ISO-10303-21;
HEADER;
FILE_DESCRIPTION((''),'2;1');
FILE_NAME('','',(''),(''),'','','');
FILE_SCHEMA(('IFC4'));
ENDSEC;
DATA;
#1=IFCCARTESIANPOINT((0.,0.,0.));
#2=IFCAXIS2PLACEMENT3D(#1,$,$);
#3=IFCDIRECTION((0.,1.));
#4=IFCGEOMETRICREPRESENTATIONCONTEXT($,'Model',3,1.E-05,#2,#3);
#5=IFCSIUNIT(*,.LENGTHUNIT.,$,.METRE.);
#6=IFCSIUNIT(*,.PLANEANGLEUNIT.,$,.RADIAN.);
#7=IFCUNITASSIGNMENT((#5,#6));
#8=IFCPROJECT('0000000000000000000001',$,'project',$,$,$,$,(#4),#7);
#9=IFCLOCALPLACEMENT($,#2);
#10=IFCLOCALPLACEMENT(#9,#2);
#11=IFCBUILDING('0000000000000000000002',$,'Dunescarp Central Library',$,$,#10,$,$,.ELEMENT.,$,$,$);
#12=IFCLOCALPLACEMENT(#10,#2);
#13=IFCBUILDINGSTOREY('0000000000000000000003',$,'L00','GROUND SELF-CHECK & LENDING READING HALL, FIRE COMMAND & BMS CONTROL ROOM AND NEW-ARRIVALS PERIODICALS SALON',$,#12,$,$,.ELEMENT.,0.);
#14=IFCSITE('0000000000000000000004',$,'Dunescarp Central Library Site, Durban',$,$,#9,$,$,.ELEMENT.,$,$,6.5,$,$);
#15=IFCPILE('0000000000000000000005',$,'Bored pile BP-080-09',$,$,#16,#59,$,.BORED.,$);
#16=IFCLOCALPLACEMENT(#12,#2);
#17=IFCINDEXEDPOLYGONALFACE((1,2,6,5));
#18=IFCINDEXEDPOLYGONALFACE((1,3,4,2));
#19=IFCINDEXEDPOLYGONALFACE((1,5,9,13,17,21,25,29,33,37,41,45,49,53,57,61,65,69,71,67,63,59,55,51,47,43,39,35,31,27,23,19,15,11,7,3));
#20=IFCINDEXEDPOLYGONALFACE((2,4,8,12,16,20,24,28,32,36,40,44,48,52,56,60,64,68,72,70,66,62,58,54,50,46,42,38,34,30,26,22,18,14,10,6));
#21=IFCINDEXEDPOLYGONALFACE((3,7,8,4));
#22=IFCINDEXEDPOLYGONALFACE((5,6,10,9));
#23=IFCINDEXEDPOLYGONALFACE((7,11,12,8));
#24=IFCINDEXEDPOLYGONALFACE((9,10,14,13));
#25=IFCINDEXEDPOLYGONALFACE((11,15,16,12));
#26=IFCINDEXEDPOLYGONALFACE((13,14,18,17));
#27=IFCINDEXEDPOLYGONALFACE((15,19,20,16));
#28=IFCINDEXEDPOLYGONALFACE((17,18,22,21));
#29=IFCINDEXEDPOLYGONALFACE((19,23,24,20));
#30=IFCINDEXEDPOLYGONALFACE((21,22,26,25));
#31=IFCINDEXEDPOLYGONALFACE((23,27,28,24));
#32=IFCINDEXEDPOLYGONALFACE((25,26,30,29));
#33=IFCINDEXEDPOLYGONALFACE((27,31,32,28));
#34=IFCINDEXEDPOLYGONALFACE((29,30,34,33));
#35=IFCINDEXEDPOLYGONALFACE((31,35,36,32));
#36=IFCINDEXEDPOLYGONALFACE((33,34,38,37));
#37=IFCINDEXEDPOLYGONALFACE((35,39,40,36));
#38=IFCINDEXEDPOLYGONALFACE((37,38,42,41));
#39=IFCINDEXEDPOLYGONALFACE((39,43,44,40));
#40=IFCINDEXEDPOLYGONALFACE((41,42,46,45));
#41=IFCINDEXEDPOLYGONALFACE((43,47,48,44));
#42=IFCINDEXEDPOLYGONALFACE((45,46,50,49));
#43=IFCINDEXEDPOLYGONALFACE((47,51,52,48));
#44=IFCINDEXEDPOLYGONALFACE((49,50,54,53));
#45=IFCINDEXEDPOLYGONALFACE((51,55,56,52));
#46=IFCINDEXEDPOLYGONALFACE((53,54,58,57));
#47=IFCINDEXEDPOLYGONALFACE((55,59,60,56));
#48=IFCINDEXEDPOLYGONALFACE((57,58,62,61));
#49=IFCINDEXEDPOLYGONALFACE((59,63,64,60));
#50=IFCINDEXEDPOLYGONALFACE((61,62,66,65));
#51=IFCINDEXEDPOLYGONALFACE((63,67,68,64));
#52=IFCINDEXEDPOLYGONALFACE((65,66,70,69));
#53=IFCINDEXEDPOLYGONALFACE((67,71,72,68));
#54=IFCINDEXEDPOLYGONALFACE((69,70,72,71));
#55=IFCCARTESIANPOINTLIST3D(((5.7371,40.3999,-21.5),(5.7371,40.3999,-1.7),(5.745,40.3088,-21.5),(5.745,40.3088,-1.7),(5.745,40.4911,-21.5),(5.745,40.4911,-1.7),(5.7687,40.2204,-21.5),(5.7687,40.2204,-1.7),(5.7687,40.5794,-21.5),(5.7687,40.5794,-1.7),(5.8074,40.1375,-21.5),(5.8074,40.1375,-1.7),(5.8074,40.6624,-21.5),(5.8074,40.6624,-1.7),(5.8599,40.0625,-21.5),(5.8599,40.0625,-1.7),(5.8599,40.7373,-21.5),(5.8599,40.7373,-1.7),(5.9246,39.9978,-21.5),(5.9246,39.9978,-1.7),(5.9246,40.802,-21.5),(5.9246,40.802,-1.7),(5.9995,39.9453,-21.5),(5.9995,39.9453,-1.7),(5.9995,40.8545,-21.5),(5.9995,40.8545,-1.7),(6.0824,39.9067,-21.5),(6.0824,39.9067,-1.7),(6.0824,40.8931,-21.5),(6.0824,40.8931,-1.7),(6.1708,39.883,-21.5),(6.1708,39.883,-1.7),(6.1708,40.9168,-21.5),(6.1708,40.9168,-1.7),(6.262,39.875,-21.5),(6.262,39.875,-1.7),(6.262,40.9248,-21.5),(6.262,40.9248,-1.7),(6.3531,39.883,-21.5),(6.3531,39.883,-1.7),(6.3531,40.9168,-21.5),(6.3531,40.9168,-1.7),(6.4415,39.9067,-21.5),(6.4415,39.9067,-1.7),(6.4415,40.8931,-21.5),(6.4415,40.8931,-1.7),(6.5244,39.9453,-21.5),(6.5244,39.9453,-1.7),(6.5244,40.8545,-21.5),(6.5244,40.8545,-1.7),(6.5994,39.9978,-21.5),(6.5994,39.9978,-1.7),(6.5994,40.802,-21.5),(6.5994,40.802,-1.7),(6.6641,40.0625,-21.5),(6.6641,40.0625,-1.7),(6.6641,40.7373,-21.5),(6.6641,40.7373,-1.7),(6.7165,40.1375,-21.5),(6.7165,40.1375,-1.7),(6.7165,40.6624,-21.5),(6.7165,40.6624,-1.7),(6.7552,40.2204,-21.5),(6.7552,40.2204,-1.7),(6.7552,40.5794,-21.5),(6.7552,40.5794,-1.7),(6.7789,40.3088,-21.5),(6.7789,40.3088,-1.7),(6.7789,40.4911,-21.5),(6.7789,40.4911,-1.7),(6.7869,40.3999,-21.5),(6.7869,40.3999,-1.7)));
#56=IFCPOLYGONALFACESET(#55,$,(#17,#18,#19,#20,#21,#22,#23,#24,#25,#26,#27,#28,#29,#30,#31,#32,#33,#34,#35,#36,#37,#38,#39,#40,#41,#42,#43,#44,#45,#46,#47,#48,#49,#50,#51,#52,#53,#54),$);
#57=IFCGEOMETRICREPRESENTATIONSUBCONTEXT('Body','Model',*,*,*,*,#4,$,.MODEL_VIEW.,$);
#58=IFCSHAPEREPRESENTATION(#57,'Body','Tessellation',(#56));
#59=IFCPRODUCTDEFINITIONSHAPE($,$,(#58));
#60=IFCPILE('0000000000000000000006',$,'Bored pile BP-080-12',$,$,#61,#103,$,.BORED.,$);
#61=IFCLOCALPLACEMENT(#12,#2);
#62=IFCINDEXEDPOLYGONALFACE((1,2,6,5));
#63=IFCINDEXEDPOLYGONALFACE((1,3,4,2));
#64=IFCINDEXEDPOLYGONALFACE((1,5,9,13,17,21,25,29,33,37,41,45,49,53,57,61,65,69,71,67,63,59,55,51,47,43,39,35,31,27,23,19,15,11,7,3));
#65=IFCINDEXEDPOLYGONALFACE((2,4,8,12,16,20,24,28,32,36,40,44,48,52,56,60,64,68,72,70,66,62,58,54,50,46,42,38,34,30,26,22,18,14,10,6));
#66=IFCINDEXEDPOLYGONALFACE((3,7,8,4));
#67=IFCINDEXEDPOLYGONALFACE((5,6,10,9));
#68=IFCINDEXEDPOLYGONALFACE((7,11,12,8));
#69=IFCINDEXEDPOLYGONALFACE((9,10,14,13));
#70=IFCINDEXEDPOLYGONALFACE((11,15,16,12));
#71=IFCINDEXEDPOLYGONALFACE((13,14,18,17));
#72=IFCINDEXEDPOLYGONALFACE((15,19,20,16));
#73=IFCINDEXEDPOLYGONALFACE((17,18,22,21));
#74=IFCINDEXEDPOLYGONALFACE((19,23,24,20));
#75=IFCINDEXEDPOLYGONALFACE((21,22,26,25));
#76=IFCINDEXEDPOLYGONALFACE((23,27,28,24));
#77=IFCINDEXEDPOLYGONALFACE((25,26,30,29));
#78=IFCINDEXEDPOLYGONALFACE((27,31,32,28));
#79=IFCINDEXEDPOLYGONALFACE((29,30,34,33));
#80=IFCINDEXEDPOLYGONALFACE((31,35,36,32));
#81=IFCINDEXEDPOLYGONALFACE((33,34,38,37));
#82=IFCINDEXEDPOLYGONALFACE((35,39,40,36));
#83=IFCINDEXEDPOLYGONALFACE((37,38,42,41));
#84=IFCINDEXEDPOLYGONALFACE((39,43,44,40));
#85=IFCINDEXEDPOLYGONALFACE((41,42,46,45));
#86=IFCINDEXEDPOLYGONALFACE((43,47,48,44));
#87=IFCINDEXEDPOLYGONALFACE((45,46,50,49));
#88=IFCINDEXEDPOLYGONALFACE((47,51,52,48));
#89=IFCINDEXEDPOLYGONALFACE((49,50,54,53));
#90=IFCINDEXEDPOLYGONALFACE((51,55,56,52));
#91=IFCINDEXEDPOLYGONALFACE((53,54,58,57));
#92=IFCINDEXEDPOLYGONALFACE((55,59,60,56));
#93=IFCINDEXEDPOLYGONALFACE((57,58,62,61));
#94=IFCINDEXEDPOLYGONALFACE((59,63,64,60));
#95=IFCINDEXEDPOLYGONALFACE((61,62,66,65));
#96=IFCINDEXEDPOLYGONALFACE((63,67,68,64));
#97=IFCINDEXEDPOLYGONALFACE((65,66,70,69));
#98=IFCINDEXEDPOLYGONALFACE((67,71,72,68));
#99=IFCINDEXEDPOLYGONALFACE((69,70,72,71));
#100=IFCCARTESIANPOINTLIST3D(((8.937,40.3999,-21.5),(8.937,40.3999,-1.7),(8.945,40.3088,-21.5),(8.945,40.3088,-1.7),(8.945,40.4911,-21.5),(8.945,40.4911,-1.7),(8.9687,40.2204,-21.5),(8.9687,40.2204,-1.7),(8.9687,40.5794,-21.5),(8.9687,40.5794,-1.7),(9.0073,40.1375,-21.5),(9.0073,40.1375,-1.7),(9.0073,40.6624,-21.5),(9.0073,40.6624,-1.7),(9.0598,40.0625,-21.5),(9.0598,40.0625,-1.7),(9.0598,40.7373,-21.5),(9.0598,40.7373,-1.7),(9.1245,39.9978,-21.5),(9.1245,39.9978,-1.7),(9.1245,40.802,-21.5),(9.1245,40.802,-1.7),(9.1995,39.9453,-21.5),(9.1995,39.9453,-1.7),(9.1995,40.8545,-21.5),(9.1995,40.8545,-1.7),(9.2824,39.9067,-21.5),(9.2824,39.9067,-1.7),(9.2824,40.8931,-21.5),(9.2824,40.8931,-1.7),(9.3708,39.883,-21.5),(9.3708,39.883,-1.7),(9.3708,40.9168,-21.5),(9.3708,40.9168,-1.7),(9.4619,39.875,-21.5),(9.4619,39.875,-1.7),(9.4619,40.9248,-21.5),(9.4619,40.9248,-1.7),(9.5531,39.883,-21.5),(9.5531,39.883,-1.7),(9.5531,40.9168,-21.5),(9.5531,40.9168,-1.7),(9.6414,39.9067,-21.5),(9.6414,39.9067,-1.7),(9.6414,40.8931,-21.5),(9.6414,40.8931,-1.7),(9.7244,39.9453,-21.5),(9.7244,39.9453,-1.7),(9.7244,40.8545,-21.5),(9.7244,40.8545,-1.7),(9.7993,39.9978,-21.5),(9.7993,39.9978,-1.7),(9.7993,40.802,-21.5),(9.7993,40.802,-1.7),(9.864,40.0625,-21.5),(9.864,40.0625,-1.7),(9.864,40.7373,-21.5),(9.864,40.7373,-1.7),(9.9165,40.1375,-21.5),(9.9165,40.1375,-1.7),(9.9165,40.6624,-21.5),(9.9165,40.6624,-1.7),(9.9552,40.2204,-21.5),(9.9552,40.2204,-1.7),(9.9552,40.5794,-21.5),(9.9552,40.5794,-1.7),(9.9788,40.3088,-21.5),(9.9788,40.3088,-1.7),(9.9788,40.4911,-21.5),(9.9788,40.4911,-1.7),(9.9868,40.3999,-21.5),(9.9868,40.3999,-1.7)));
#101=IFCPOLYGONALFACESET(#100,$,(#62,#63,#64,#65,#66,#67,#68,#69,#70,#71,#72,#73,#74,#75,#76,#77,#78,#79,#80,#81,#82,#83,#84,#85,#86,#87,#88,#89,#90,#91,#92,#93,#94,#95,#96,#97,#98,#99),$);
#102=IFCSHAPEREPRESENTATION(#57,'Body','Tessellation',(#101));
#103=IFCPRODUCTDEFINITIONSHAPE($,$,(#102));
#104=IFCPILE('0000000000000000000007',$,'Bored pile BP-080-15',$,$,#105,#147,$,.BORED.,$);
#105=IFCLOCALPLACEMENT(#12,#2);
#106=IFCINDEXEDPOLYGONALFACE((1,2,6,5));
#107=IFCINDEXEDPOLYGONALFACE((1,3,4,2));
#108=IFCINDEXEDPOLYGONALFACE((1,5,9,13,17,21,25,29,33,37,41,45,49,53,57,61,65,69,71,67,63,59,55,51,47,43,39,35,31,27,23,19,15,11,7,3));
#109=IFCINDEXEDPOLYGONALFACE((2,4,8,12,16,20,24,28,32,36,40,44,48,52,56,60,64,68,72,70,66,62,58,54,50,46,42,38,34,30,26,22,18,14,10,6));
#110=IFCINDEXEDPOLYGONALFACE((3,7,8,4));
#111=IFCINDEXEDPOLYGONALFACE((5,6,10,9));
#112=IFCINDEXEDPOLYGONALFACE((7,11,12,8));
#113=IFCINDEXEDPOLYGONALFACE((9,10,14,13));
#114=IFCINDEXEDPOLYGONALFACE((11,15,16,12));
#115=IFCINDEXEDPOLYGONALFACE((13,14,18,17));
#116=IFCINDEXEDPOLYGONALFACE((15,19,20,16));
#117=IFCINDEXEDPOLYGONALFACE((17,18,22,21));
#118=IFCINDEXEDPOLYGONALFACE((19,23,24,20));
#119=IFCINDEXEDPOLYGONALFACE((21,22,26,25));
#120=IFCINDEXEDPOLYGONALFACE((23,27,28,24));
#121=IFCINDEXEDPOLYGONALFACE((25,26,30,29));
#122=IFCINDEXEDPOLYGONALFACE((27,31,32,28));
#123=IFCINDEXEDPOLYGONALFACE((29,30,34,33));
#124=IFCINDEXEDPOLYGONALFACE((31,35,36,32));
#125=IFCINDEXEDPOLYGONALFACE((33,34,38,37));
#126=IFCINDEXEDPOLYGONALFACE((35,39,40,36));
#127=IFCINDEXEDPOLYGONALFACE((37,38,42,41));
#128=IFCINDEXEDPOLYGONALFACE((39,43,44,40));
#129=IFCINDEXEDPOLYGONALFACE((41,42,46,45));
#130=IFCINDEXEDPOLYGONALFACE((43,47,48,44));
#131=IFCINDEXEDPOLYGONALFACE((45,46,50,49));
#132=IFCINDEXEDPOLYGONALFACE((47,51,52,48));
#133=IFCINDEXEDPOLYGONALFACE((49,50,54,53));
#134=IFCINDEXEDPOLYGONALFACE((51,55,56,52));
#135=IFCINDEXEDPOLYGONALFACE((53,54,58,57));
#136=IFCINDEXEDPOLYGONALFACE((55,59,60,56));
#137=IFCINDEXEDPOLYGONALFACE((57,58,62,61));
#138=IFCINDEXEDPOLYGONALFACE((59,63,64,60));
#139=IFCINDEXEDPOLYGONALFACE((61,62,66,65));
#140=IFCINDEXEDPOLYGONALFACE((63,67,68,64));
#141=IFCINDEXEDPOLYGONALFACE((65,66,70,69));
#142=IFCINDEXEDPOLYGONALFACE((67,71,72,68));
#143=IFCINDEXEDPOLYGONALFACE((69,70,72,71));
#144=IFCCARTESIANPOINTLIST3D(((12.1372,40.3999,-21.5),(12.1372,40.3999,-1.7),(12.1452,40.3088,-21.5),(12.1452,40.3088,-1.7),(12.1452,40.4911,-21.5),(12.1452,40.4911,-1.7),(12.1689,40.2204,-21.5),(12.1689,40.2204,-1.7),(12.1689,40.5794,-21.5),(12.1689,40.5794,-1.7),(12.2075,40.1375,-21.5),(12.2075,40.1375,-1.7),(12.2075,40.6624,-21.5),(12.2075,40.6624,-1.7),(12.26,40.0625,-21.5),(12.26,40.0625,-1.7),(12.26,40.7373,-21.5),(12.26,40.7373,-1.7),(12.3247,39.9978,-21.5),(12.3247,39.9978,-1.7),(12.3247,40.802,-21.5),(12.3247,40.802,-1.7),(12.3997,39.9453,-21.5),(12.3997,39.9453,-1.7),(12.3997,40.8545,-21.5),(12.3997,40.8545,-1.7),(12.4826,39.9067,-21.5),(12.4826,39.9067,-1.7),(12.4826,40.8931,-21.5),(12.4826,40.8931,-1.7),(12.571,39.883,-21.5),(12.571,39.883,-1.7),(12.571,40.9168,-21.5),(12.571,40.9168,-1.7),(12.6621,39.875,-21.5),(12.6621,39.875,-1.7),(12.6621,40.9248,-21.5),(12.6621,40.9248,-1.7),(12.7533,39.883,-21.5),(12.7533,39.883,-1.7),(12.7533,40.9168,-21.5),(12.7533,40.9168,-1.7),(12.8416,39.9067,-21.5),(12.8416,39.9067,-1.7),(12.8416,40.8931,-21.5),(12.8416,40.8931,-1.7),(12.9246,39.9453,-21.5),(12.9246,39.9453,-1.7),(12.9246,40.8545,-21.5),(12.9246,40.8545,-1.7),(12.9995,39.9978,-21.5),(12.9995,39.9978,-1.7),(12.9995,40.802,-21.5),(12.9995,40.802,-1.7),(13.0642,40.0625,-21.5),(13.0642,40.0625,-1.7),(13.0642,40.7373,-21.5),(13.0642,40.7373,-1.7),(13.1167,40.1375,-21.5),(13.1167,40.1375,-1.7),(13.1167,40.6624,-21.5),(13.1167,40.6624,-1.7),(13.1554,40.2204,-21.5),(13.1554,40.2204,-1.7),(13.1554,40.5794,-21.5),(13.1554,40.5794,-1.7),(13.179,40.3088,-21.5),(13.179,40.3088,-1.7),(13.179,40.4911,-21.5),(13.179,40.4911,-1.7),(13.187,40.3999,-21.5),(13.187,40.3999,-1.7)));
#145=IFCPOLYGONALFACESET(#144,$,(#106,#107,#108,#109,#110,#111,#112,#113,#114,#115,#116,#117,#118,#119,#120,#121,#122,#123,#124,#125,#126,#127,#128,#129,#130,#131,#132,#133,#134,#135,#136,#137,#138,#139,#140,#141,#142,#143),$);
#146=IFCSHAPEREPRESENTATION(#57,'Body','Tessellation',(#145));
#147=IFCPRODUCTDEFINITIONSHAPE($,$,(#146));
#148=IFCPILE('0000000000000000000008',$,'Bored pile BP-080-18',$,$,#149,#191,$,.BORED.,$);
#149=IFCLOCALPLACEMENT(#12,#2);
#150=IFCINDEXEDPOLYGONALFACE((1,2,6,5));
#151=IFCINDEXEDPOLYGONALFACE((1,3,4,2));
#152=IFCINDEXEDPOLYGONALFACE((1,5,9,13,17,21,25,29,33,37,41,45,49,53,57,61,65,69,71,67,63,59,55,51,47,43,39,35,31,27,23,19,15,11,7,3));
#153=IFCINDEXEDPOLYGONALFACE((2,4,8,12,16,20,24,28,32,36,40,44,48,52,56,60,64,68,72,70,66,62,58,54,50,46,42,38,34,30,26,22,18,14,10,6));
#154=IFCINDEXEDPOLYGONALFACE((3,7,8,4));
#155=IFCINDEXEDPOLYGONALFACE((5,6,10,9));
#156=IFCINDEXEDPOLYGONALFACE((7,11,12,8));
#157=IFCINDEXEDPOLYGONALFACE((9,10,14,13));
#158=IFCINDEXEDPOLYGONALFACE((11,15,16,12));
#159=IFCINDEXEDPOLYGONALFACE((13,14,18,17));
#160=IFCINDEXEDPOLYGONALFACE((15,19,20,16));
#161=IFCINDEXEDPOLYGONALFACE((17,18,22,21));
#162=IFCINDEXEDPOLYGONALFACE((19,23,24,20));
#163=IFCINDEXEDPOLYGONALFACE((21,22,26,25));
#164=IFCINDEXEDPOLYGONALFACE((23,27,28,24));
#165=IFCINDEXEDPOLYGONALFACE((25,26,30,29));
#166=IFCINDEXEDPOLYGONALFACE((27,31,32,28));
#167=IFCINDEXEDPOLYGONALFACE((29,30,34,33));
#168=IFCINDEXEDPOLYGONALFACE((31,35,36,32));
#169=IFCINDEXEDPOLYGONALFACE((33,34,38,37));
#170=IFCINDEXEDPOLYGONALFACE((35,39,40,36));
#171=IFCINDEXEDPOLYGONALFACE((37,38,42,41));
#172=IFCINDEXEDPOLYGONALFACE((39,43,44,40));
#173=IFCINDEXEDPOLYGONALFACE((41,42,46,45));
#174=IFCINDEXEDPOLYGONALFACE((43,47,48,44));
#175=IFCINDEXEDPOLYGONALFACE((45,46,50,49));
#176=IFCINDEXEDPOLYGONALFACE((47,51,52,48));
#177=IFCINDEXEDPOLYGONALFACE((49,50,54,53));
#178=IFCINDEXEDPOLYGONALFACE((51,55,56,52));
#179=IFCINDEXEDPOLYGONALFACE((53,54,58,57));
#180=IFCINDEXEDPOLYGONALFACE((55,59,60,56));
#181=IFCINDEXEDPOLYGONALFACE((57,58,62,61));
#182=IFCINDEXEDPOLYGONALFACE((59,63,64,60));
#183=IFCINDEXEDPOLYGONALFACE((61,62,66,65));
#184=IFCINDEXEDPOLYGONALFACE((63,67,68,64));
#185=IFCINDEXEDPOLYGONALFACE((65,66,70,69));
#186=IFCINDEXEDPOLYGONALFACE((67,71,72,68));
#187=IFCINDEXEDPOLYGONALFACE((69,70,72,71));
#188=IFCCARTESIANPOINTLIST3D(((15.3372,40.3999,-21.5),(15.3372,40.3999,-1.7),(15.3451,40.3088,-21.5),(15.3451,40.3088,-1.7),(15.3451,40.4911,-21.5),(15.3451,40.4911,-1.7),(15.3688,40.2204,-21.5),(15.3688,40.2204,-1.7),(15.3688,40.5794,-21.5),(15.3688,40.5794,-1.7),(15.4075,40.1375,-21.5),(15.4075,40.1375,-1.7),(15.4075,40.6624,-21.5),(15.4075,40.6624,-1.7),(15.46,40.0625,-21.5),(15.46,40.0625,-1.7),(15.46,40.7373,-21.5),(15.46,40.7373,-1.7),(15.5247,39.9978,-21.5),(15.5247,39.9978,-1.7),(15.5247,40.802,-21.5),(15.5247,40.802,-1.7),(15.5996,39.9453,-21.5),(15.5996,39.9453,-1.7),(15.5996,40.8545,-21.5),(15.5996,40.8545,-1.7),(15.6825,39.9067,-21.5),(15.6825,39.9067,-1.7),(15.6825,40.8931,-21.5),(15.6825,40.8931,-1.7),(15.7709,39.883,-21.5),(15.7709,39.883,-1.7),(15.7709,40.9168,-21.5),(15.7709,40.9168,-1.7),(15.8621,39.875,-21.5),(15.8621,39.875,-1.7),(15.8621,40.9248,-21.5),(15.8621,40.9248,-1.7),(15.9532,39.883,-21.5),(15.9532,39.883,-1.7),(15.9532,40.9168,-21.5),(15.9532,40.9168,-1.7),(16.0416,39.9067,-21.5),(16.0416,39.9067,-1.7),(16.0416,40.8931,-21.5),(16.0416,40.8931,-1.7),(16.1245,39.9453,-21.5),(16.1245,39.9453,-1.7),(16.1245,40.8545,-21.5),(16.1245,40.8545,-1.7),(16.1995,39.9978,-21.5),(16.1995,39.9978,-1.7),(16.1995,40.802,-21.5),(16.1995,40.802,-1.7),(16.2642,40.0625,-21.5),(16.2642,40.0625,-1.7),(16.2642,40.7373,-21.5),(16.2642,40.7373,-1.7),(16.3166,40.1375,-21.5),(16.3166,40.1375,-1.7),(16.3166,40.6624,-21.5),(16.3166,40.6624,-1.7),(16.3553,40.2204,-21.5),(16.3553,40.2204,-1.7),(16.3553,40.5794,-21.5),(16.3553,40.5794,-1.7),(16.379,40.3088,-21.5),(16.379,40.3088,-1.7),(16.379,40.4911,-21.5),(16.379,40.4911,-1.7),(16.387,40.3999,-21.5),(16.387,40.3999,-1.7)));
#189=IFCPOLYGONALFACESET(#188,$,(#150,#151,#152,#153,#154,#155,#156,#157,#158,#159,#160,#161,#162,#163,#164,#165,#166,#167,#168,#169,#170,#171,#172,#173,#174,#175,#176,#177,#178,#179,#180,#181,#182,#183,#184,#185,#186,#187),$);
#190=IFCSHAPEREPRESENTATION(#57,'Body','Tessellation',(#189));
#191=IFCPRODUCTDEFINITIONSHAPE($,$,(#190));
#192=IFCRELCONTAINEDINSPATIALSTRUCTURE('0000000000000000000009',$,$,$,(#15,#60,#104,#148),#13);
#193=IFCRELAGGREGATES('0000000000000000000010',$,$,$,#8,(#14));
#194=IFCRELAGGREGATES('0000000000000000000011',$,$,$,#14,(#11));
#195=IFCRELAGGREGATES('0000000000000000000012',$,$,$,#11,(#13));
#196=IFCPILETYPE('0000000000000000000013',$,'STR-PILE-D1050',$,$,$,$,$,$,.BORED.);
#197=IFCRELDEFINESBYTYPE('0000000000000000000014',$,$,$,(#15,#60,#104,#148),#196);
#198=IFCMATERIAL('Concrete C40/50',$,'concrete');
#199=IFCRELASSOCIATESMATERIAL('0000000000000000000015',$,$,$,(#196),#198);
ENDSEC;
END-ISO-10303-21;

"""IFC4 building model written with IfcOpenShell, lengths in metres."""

from ifc_helpers import new_model, si_unit, direction, frame, origin, origin_2d, place, context, subcontext, project, spatial, circle, extrude, material, material_profile, profile_set, type_object, element, save


model = new_model("IFC4")

# Units and contexts
model_context = context("Model", 3, precision=1e-05, world=origin(), true_north=direction((0.0, 1.0)))
body_context = subcontext(model_context, "Body", "Model", "MODEL_VIEW")
ifc_project = project(units=[si_unit("LENGTHUNIT", "METRE"), si_unit("PLANEANGLEUNIT", "RADIAN")], contexts=[model_context])

# Site, building, storey
site_placement = place(None, origin())
site = spatial("IfcSite", under=ifc_project, at=site_placement, Name="Dunescarp Central Library Site, Durban", CompositionType="ELEMENT", RefElevation=6.5)
building_placement = place(site_placement, origin())
building = spatial("IfcBuilding", under=site, at=building_placement, Name="Dunescarp Central Library", CompositionType="ELEMENT")
storey_placement = place(building_placement, origin())
storey = spatial("IfcBuildingStorey", under=building, at=storey_placement, Name="L00", Description="GROUND SELF-CHECK & LENDING READING HALL, FIRE COMMAND & BMS CONTROL ROOM AND NEW-ARRIVALS PERIODICALS SALON", CompositionType="ELEMENT", Elevation=0.0)

# Piles
ifc_material_1 = material(Name="Concrete C40/50", Category="concrete")
ifc_material_profile_1 = material_profile(ifc_material_1, circle(Radius=0.5249, at=origin_2d()), Name="PILE D1050")
ifc_profile_set_1 = profile_set([ifc_material_profile_1], Name="Concrete C40/50")
pile_type = type_object("IfcPileType", Name="STR-PILE-D1050", PredefinedType="BORED", material=ifc_profile_set_1)
for number, where, z_axis, x_axis, name in (
    (1, (6.262, 40.3999, -1.7), (0.0, 0.0, -1.0), (1.0, 0.0, 0.0), "Bored pile BP-080-09"),
    (2, (9.4619, 40.3999, -1.7), (0.0, 0.0, -1.0), (1.0, 0.0, 0.0), "Bored pile BP-080-12"),
    (3, (12.6621, 40.3999, -1.7), (0.0, 0.0, -1.0), (1.0, 0.0, 0.0), "Bored pile BP-080-15"),
    (4, (15.8621, 40.3999, -1.7), (0.0, 0.0, -1.0), (1.0, 0.0, 0.0), "Bored pile BP-080-18"),
):
    element("IfcPile", number, at=place(storey_placement, frame(where, z_axis=z_axis, x_axis=x_axis)), inside=storey, type_object=pile_type, Name=name, PredefinedType="BORED", context=body_context, shape_type="SweptSolid", body=[
        extrude(circle(Radius=0.5249, at=origin_2d()), origin(), (0.0, 0.0, 1.0), 19.8),
    ])

save(model, "model.ifc")
